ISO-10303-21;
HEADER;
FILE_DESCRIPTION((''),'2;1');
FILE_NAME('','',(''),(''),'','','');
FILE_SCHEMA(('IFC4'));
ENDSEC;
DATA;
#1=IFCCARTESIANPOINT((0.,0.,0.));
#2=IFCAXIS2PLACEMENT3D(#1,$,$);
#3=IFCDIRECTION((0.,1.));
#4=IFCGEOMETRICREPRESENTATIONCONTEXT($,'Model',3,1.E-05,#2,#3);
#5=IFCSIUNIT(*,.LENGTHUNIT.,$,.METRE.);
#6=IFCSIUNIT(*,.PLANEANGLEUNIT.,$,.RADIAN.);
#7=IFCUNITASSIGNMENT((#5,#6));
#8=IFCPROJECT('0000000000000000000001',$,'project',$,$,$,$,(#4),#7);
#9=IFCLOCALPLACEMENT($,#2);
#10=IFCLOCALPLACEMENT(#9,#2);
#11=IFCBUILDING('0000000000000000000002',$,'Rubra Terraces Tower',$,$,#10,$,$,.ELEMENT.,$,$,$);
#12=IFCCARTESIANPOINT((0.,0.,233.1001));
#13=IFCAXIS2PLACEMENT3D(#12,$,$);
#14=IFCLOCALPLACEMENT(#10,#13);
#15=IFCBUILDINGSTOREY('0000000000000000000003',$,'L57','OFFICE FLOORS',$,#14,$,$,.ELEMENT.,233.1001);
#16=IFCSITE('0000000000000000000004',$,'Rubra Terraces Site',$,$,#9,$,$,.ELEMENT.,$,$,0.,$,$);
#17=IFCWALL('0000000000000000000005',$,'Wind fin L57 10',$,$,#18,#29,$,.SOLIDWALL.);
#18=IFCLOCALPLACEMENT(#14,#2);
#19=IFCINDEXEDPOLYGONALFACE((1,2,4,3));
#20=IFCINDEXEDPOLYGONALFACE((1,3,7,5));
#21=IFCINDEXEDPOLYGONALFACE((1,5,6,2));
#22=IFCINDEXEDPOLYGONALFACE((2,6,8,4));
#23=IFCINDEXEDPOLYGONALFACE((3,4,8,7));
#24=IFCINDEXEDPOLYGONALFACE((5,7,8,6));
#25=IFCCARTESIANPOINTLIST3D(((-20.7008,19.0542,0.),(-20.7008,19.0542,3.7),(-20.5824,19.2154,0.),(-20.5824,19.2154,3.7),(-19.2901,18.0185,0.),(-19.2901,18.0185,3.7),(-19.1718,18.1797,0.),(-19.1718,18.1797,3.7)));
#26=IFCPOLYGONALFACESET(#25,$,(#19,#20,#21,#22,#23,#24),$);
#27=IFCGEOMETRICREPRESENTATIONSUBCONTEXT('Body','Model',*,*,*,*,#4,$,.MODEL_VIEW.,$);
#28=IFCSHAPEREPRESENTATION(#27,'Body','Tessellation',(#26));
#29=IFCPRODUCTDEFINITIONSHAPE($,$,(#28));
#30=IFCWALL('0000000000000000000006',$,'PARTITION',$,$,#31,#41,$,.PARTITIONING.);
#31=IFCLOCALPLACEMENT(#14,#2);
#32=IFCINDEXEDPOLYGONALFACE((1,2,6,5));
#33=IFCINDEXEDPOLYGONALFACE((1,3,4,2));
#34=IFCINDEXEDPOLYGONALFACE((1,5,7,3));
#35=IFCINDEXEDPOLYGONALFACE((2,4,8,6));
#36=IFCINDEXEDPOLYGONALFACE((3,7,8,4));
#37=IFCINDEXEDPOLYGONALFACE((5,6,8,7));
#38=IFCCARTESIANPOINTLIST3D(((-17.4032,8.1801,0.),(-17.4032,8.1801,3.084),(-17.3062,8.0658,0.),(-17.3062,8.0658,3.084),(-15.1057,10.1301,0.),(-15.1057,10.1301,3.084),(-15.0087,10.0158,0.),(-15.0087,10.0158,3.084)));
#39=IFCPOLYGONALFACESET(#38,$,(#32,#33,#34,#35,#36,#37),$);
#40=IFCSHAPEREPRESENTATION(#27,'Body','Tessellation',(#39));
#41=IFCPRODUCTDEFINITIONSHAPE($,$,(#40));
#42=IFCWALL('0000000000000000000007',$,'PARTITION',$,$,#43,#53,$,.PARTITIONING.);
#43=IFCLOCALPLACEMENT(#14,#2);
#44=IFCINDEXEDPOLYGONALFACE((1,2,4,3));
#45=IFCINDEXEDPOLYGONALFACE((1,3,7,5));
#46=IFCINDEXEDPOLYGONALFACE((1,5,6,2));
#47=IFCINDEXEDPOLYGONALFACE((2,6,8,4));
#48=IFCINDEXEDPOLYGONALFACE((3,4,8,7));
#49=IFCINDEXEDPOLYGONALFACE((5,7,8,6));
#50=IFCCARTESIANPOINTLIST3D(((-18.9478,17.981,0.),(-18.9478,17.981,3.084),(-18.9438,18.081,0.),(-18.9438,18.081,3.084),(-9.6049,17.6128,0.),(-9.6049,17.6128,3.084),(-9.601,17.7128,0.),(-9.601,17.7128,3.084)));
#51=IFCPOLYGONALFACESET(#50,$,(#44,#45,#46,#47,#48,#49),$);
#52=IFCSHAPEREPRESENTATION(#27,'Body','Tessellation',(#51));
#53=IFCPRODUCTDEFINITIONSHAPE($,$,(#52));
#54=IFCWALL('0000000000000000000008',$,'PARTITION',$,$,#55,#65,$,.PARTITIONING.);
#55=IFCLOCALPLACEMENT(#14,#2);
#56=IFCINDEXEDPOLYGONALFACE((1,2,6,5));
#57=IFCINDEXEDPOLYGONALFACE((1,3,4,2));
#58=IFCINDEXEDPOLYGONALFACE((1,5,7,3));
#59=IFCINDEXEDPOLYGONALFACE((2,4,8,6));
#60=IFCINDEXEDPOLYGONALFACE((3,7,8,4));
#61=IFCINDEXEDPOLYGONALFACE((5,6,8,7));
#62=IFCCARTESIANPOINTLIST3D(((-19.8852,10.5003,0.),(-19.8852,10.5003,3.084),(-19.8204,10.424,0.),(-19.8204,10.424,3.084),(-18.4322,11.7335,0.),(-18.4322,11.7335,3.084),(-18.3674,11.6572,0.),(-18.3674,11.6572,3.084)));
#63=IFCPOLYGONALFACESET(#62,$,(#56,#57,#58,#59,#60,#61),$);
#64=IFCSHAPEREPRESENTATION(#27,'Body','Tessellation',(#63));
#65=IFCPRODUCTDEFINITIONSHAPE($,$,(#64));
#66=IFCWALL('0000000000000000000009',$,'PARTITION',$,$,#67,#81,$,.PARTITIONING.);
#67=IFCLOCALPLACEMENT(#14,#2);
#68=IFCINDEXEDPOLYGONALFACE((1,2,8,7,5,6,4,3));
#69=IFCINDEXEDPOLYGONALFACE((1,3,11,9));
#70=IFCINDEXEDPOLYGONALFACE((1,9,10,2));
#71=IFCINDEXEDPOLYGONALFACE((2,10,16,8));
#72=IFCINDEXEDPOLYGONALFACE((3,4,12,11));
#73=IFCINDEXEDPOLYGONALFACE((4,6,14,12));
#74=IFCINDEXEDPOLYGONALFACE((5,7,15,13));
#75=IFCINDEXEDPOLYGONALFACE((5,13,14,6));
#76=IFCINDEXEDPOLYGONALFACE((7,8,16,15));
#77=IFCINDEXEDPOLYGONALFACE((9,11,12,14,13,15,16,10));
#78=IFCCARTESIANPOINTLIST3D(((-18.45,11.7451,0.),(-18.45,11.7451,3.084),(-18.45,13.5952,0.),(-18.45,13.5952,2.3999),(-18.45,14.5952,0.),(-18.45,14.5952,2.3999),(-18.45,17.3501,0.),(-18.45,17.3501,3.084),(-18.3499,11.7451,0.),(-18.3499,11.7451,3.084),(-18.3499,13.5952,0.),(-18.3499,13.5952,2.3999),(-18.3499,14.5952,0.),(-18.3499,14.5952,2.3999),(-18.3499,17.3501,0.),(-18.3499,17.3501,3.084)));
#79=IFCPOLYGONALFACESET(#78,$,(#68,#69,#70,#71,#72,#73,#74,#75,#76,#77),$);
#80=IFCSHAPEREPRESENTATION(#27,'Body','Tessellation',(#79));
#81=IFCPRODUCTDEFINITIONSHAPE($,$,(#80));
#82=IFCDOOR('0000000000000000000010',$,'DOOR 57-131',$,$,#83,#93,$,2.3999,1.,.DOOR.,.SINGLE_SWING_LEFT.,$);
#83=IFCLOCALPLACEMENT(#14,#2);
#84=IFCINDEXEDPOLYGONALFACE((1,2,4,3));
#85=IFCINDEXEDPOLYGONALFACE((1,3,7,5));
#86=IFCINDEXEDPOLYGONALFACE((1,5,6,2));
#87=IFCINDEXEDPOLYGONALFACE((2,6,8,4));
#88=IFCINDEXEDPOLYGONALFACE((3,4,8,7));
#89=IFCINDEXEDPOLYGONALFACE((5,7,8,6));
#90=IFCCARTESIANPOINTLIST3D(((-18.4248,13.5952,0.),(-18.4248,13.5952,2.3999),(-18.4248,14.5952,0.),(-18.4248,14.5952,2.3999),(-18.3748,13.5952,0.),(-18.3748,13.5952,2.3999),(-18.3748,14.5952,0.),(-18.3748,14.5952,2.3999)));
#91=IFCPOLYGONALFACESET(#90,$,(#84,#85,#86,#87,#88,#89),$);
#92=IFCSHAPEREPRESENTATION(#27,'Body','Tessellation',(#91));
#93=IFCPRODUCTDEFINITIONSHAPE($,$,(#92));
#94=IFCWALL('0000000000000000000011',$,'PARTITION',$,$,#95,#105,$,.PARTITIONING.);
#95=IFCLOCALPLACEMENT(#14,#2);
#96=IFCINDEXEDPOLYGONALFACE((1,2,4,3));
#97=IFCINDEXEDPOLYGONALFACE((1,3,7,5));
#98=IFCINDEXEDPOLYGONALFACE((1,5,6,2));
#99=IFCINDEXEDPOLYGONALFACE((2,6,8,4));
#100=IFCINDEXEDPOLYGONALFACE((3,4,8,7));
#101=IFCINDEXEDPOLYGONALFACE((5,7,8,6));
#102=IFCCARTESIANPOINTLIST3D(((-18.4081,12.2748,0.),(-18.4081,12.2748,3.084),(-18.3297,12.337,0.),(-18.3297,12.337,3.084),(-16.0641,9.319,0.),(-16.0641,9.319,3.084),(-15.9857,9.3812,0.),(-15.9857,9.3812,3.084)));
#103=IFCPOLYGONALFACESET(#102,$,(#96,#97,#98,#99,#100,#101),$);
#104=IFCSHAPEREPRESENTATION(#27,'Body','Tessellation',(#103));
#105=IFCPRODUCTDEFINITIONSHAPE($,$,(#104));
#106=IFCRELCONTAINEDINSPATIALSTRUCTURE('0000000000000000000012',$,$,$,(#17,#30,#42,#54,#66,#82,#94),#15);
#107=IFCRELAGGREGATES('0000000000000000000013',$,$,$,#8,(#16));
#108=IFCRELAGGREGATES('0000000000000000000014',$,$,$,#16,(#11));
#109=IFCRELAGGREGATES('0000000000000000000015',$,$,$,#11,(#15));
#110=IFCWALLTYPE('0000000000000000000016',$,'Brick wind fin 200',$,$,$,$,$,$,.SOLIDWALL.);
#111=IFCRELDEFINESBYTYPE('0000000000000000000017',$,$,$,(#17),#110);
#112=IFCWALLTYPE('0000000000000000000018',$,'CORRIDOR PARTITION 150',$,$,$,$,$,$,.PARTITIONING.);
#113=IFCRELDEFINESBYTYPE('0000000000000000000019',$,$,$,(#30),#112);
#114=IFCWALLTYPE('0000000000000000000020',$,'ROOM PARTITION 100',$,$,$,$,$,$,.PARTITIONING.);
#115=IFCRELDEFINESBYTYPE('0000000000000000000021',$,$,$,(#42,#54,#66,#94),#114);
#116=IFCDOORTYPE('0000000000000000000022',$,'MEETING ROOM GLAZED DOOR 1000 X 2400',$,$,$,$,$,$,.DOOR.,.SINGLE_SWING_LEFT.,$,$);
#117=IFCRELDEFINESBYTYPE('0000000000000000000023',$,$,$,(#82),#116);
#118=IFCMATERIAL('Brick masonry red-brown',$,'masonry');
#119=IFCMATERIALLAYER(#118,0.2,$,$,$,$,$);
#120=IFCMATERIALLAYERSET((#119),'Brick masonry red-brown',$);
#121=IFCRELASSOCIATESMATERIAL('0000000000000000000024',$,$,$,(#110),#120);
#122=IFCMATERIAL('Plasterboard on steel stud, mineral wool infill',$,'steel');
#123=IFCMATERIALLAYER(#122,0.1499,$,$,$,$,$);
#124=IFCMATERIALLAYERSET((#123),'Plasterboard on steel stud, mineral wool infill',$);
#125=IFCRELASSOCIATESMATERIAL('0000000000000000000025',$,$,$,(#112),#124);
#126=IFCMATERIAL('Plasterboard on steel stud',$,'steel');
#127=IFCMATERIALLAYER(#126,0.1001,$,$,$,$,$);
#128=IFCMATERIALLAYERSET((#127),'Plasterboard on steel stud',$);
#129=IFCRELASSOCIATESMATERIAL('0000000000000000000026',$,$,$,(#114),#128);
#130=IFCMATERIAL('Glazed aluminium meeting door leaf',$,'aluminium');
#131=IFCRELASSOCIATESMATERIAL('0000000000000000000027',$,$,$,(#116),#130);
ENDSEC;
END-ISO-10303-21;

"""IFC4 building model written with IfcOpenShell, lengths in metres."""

from ifc_helpers import new_model, si_unit, direction, frame, frame_2d, origin, place, context, subcontext, project, spatial, rectangle, extrude, material, layer, layer_set, type_object, element, fill, save


model = new_model("IFC4")

# Units and contexts
model_context = context("Model", 3, precision=1e-05, world=origin(), true_north=direction((0.0, 1.0)))
body_context = subcontext(model_context, "Body", "Model", "MODEL_VIEW")
ifc_project = project(units=[si_unit("LENGTHUNIT", "METRE"), si_unit("PLANEANGLEUNIT", "RADIAN")], contexts=[model_context])

# Site, building, storey
site_placement = place(None, origin())
site = spatial("IfcSite", under=ifc_project, at=site_placement, Name="Rubra Terraces Site", CompositionType="ELEMENT", RefElevation=0.0)
building_placement = place(site_placement, origin())
building = spatial("IfcBuilding", under=site, at=building_placement, Name="Rubra Terraces Tower", CompositionType="ELEMENT")
storey_placement = place(building_placement, frame((0.0, 0.0, 233.1001)))
storey = spatial("IfcBuildingStorey", under=building, at=storey_placement, Name="L57", Description="OFFICE FLOORS", CompositionType="ELEMENT", Elevation=233.1001)

# Shared definitions
ifc_material_1 = material(Name="Brick masonry red-brown", Category="masonry")

# Walls
ifc_layer_1 = layer(ifc_material_1, 0.2)
ifc_layer_set_1 = layer_set([ifc_layer_1], Name="Brick masonry red-brown")
wall_type_1 = type_object("IfcWallType", Name="Brick wind fin 200", PredefinedType="SOLIDWALL", material=ifc_layer_set_1)
wall_1_placement = place(storey_placement, frame((-19.231, 18.0991, 0.0), z_axis=(0.0, 0.0, 1.0), x_axis=(-0.806086, 0.591799, 0.0)))
element("IfcWall", 1, at=wall_1_placement, inside=storey, type_object=wall_type_1, Name="Wind fin L57 10", PredefinedType="SOLIDWALL", context=body_context, shape_type="SweptSolid", body=[
    extrude(rectangle(XDim=1.75, YDim=0.2, at=frame_2d((0.875, 0.0))), origin(), (0.0, 0.0, 1.0), 3.7),
])
ifc_material_2 = material(Name="Plasterboard on steel stud, mineral wool infill", Category="steel")
ifc_layer_2 = layer(ifc_material_2, 0.1499)
ifc_layer_set_2 = layer_set([ifc_layer_2], Name="Plasterboard on steel stud, mineral wool infill")
wall_type_2 = type_object("IfcWallType", Name="CORRIDOR PARTITION 150", PredefinedType="PARTITIONING", material=ifc_layer_set_2)
wall_2_placement = place(storey_placement, frame((-15.0571, 10.073, 0.0), z_axis=(0.0, 0.0, 1.0), x_axis=(-0.762399, -0.647107, 0.0)))
element("IfcWall", 2, at=wall_2_placement, inside=storey, type_object=wall_type_2, Name="PARTITION", PredefinedType="PARTITIONING", context=body_context, shape_type="SweptSolid", body=[
    extrude(rectangle(XDim=3.0134, YDim=0.1499, at=frame_2d((1.5068, 0.0))), origin(), (0.0, 0.0, 1.0), 3.084),
])
ifc_material_3 = material(Name="Plasterboard on steel stud", Category="steel")
ifc_layer_3 = layer(ifc_material_3, 0.1001)
ifc_layer_set_3 = layer_set([ifc_layer_3], Name="Plasterboard on steel stud")
wall_type_3 = type_object("IfcWallType", Name="ROOM PARTITION 100", PredefinedType="PARTITIONING", material=ifc_layer_set_3)
wall_3_placement = place(storey_placement, frame((-18.9458, 18.031, 0.0), z_axis=(0.0, 0.0, 1.0), x_axis=(0.999224, -0.039376, 0.0)))
element("IfcWall", 3, at=wall_3_placement, inside=storey, type_object=wall_type_3, Name="PARTITION", PredefinedType="PARTITIONING", context=body_context, shape_type="SweptSolid", body=[
    extrude(rectangle(XDim=9.3501, YDim=0.1001, at=frame_2d((4.675, 0.0))), origin(), (0.0, 0.0, 1.0), 3.084),
])
wall_4_placement = place(storey_placement, frame((-19.8528, 10.4622, 0.0), z_axis=(0.0, 0.0, 1.0), x_axis=(0.762404, 0.647102, 0.0)))
element("IfcWall", 4, at=wall_4_placement, inside=storey, type_object=wall_type_3, Name="PARTITION", PredefinedType="PARTITIONING", context=body_context, shape_type="SweptSolid", body=[
    extrude(rectangle(XDim=1.9058, YDim=0.1001, at=frame_2d((0.9529, 0.0))), origin(), (0.0, 0.0, 1.0), 3.084),
])

# Wall, opening, door
wall_5_placement = place(storey_placement, frame((-18.3999, 11.7451, 0.0), z_axis=(0.0, 0.0, 1.0), x_axis=(0.0, 1.0, 0.0)))
wall_5 = element("IfcWall", 5, at=wall_5_placement, inside=storey, type_object=wall_type_3, Name="PARTITION", PredefinedType="PARTITIONING", context=body_context, shape_type="SweptSolid", body=[
    extrude(rectangle(XDim=5.605, YDim=0.1001, at=frame_2d((2.8025, 0.0))), origin(), (0.0, 0.0, 1.0), 3.084),
])
opening_1_placement = place(wall_5_placement, frame((1.8501, 0.0, 0.0)))
opening_1 = element("IfcOpeningElement", 6, at=opening_1_placement, cuts=wall_5, PredefinedType="OPENING", context=body_context, shape_type="SweptSolid", body=[
    extrude(rectangle(XDim=1.0, YDim=2.3999, at=frame_2d((0.5, 1.2))), frame((0.0, 0.0601, 0.0), z_axis=(0.0, -1.0, 0.0), x_axis=(1.0, 0.0, 0.0)), (0.0, 0.0, 1.0), 0.1201),
])
ifc_material_4 = material(Name="Glazed aluminium meeting door leaf", Category="aluminium")
door_type = type_object("IfcDoorType", Name="MEETING ROOM GLAZED DOOR 1000 X 2400", OperationType="SINGLE_SWING_LEFT", PredefinedType="DOOR", material=ifc_material_4)
door_placement = place(opening_1_placement, origin())
door = element("IfcDoor", 7, at=door_placement, inside=storey, type_object=door_type, Name="DOOR 57-131", OperationType="SINGLE_SWING_LEFT", OverallHeight=2.3999, OverallWidth=1.0, PredefinedType="DOOR", context=body_context, shape_type="SweptSolid", body=[
    extrude(rectangle(XDim=1.0, YDim=2.3999, at=frame_2d((0.5, 1.2))), frame((0.0, 0.0249, 0.0), z_axis=(0.0, -1.0, 0.0), x_axis=(1.0, 0.0, 0.0)), (0.0, 0.0, 1.0), 0.05),
])
fill(opening_1, door)

# Wall
wall_6_placement = place(storey_placement, frame((-16.0249, 9.3501, 0.0), z_axis=(0.0, 0.0, 1.0), x_axis=(-0.621351, 0.783532, 0.0)))
element("IfcWall", 8, at=wall_6_placement, inside=storey, type_object=wall_type_3, Name="PARTITION", PredefinedType="PARTITIONING", context=body_context, shape_type="SweptSolid", body=[
    extrude(rectangle(XDim=3.7725, YDim=0.1001, at=frame_2d((1.8862, 0.0))), origin(), (0.0, 0.0, 1.0), 3.084),
])

save(model, "model.ifc")
